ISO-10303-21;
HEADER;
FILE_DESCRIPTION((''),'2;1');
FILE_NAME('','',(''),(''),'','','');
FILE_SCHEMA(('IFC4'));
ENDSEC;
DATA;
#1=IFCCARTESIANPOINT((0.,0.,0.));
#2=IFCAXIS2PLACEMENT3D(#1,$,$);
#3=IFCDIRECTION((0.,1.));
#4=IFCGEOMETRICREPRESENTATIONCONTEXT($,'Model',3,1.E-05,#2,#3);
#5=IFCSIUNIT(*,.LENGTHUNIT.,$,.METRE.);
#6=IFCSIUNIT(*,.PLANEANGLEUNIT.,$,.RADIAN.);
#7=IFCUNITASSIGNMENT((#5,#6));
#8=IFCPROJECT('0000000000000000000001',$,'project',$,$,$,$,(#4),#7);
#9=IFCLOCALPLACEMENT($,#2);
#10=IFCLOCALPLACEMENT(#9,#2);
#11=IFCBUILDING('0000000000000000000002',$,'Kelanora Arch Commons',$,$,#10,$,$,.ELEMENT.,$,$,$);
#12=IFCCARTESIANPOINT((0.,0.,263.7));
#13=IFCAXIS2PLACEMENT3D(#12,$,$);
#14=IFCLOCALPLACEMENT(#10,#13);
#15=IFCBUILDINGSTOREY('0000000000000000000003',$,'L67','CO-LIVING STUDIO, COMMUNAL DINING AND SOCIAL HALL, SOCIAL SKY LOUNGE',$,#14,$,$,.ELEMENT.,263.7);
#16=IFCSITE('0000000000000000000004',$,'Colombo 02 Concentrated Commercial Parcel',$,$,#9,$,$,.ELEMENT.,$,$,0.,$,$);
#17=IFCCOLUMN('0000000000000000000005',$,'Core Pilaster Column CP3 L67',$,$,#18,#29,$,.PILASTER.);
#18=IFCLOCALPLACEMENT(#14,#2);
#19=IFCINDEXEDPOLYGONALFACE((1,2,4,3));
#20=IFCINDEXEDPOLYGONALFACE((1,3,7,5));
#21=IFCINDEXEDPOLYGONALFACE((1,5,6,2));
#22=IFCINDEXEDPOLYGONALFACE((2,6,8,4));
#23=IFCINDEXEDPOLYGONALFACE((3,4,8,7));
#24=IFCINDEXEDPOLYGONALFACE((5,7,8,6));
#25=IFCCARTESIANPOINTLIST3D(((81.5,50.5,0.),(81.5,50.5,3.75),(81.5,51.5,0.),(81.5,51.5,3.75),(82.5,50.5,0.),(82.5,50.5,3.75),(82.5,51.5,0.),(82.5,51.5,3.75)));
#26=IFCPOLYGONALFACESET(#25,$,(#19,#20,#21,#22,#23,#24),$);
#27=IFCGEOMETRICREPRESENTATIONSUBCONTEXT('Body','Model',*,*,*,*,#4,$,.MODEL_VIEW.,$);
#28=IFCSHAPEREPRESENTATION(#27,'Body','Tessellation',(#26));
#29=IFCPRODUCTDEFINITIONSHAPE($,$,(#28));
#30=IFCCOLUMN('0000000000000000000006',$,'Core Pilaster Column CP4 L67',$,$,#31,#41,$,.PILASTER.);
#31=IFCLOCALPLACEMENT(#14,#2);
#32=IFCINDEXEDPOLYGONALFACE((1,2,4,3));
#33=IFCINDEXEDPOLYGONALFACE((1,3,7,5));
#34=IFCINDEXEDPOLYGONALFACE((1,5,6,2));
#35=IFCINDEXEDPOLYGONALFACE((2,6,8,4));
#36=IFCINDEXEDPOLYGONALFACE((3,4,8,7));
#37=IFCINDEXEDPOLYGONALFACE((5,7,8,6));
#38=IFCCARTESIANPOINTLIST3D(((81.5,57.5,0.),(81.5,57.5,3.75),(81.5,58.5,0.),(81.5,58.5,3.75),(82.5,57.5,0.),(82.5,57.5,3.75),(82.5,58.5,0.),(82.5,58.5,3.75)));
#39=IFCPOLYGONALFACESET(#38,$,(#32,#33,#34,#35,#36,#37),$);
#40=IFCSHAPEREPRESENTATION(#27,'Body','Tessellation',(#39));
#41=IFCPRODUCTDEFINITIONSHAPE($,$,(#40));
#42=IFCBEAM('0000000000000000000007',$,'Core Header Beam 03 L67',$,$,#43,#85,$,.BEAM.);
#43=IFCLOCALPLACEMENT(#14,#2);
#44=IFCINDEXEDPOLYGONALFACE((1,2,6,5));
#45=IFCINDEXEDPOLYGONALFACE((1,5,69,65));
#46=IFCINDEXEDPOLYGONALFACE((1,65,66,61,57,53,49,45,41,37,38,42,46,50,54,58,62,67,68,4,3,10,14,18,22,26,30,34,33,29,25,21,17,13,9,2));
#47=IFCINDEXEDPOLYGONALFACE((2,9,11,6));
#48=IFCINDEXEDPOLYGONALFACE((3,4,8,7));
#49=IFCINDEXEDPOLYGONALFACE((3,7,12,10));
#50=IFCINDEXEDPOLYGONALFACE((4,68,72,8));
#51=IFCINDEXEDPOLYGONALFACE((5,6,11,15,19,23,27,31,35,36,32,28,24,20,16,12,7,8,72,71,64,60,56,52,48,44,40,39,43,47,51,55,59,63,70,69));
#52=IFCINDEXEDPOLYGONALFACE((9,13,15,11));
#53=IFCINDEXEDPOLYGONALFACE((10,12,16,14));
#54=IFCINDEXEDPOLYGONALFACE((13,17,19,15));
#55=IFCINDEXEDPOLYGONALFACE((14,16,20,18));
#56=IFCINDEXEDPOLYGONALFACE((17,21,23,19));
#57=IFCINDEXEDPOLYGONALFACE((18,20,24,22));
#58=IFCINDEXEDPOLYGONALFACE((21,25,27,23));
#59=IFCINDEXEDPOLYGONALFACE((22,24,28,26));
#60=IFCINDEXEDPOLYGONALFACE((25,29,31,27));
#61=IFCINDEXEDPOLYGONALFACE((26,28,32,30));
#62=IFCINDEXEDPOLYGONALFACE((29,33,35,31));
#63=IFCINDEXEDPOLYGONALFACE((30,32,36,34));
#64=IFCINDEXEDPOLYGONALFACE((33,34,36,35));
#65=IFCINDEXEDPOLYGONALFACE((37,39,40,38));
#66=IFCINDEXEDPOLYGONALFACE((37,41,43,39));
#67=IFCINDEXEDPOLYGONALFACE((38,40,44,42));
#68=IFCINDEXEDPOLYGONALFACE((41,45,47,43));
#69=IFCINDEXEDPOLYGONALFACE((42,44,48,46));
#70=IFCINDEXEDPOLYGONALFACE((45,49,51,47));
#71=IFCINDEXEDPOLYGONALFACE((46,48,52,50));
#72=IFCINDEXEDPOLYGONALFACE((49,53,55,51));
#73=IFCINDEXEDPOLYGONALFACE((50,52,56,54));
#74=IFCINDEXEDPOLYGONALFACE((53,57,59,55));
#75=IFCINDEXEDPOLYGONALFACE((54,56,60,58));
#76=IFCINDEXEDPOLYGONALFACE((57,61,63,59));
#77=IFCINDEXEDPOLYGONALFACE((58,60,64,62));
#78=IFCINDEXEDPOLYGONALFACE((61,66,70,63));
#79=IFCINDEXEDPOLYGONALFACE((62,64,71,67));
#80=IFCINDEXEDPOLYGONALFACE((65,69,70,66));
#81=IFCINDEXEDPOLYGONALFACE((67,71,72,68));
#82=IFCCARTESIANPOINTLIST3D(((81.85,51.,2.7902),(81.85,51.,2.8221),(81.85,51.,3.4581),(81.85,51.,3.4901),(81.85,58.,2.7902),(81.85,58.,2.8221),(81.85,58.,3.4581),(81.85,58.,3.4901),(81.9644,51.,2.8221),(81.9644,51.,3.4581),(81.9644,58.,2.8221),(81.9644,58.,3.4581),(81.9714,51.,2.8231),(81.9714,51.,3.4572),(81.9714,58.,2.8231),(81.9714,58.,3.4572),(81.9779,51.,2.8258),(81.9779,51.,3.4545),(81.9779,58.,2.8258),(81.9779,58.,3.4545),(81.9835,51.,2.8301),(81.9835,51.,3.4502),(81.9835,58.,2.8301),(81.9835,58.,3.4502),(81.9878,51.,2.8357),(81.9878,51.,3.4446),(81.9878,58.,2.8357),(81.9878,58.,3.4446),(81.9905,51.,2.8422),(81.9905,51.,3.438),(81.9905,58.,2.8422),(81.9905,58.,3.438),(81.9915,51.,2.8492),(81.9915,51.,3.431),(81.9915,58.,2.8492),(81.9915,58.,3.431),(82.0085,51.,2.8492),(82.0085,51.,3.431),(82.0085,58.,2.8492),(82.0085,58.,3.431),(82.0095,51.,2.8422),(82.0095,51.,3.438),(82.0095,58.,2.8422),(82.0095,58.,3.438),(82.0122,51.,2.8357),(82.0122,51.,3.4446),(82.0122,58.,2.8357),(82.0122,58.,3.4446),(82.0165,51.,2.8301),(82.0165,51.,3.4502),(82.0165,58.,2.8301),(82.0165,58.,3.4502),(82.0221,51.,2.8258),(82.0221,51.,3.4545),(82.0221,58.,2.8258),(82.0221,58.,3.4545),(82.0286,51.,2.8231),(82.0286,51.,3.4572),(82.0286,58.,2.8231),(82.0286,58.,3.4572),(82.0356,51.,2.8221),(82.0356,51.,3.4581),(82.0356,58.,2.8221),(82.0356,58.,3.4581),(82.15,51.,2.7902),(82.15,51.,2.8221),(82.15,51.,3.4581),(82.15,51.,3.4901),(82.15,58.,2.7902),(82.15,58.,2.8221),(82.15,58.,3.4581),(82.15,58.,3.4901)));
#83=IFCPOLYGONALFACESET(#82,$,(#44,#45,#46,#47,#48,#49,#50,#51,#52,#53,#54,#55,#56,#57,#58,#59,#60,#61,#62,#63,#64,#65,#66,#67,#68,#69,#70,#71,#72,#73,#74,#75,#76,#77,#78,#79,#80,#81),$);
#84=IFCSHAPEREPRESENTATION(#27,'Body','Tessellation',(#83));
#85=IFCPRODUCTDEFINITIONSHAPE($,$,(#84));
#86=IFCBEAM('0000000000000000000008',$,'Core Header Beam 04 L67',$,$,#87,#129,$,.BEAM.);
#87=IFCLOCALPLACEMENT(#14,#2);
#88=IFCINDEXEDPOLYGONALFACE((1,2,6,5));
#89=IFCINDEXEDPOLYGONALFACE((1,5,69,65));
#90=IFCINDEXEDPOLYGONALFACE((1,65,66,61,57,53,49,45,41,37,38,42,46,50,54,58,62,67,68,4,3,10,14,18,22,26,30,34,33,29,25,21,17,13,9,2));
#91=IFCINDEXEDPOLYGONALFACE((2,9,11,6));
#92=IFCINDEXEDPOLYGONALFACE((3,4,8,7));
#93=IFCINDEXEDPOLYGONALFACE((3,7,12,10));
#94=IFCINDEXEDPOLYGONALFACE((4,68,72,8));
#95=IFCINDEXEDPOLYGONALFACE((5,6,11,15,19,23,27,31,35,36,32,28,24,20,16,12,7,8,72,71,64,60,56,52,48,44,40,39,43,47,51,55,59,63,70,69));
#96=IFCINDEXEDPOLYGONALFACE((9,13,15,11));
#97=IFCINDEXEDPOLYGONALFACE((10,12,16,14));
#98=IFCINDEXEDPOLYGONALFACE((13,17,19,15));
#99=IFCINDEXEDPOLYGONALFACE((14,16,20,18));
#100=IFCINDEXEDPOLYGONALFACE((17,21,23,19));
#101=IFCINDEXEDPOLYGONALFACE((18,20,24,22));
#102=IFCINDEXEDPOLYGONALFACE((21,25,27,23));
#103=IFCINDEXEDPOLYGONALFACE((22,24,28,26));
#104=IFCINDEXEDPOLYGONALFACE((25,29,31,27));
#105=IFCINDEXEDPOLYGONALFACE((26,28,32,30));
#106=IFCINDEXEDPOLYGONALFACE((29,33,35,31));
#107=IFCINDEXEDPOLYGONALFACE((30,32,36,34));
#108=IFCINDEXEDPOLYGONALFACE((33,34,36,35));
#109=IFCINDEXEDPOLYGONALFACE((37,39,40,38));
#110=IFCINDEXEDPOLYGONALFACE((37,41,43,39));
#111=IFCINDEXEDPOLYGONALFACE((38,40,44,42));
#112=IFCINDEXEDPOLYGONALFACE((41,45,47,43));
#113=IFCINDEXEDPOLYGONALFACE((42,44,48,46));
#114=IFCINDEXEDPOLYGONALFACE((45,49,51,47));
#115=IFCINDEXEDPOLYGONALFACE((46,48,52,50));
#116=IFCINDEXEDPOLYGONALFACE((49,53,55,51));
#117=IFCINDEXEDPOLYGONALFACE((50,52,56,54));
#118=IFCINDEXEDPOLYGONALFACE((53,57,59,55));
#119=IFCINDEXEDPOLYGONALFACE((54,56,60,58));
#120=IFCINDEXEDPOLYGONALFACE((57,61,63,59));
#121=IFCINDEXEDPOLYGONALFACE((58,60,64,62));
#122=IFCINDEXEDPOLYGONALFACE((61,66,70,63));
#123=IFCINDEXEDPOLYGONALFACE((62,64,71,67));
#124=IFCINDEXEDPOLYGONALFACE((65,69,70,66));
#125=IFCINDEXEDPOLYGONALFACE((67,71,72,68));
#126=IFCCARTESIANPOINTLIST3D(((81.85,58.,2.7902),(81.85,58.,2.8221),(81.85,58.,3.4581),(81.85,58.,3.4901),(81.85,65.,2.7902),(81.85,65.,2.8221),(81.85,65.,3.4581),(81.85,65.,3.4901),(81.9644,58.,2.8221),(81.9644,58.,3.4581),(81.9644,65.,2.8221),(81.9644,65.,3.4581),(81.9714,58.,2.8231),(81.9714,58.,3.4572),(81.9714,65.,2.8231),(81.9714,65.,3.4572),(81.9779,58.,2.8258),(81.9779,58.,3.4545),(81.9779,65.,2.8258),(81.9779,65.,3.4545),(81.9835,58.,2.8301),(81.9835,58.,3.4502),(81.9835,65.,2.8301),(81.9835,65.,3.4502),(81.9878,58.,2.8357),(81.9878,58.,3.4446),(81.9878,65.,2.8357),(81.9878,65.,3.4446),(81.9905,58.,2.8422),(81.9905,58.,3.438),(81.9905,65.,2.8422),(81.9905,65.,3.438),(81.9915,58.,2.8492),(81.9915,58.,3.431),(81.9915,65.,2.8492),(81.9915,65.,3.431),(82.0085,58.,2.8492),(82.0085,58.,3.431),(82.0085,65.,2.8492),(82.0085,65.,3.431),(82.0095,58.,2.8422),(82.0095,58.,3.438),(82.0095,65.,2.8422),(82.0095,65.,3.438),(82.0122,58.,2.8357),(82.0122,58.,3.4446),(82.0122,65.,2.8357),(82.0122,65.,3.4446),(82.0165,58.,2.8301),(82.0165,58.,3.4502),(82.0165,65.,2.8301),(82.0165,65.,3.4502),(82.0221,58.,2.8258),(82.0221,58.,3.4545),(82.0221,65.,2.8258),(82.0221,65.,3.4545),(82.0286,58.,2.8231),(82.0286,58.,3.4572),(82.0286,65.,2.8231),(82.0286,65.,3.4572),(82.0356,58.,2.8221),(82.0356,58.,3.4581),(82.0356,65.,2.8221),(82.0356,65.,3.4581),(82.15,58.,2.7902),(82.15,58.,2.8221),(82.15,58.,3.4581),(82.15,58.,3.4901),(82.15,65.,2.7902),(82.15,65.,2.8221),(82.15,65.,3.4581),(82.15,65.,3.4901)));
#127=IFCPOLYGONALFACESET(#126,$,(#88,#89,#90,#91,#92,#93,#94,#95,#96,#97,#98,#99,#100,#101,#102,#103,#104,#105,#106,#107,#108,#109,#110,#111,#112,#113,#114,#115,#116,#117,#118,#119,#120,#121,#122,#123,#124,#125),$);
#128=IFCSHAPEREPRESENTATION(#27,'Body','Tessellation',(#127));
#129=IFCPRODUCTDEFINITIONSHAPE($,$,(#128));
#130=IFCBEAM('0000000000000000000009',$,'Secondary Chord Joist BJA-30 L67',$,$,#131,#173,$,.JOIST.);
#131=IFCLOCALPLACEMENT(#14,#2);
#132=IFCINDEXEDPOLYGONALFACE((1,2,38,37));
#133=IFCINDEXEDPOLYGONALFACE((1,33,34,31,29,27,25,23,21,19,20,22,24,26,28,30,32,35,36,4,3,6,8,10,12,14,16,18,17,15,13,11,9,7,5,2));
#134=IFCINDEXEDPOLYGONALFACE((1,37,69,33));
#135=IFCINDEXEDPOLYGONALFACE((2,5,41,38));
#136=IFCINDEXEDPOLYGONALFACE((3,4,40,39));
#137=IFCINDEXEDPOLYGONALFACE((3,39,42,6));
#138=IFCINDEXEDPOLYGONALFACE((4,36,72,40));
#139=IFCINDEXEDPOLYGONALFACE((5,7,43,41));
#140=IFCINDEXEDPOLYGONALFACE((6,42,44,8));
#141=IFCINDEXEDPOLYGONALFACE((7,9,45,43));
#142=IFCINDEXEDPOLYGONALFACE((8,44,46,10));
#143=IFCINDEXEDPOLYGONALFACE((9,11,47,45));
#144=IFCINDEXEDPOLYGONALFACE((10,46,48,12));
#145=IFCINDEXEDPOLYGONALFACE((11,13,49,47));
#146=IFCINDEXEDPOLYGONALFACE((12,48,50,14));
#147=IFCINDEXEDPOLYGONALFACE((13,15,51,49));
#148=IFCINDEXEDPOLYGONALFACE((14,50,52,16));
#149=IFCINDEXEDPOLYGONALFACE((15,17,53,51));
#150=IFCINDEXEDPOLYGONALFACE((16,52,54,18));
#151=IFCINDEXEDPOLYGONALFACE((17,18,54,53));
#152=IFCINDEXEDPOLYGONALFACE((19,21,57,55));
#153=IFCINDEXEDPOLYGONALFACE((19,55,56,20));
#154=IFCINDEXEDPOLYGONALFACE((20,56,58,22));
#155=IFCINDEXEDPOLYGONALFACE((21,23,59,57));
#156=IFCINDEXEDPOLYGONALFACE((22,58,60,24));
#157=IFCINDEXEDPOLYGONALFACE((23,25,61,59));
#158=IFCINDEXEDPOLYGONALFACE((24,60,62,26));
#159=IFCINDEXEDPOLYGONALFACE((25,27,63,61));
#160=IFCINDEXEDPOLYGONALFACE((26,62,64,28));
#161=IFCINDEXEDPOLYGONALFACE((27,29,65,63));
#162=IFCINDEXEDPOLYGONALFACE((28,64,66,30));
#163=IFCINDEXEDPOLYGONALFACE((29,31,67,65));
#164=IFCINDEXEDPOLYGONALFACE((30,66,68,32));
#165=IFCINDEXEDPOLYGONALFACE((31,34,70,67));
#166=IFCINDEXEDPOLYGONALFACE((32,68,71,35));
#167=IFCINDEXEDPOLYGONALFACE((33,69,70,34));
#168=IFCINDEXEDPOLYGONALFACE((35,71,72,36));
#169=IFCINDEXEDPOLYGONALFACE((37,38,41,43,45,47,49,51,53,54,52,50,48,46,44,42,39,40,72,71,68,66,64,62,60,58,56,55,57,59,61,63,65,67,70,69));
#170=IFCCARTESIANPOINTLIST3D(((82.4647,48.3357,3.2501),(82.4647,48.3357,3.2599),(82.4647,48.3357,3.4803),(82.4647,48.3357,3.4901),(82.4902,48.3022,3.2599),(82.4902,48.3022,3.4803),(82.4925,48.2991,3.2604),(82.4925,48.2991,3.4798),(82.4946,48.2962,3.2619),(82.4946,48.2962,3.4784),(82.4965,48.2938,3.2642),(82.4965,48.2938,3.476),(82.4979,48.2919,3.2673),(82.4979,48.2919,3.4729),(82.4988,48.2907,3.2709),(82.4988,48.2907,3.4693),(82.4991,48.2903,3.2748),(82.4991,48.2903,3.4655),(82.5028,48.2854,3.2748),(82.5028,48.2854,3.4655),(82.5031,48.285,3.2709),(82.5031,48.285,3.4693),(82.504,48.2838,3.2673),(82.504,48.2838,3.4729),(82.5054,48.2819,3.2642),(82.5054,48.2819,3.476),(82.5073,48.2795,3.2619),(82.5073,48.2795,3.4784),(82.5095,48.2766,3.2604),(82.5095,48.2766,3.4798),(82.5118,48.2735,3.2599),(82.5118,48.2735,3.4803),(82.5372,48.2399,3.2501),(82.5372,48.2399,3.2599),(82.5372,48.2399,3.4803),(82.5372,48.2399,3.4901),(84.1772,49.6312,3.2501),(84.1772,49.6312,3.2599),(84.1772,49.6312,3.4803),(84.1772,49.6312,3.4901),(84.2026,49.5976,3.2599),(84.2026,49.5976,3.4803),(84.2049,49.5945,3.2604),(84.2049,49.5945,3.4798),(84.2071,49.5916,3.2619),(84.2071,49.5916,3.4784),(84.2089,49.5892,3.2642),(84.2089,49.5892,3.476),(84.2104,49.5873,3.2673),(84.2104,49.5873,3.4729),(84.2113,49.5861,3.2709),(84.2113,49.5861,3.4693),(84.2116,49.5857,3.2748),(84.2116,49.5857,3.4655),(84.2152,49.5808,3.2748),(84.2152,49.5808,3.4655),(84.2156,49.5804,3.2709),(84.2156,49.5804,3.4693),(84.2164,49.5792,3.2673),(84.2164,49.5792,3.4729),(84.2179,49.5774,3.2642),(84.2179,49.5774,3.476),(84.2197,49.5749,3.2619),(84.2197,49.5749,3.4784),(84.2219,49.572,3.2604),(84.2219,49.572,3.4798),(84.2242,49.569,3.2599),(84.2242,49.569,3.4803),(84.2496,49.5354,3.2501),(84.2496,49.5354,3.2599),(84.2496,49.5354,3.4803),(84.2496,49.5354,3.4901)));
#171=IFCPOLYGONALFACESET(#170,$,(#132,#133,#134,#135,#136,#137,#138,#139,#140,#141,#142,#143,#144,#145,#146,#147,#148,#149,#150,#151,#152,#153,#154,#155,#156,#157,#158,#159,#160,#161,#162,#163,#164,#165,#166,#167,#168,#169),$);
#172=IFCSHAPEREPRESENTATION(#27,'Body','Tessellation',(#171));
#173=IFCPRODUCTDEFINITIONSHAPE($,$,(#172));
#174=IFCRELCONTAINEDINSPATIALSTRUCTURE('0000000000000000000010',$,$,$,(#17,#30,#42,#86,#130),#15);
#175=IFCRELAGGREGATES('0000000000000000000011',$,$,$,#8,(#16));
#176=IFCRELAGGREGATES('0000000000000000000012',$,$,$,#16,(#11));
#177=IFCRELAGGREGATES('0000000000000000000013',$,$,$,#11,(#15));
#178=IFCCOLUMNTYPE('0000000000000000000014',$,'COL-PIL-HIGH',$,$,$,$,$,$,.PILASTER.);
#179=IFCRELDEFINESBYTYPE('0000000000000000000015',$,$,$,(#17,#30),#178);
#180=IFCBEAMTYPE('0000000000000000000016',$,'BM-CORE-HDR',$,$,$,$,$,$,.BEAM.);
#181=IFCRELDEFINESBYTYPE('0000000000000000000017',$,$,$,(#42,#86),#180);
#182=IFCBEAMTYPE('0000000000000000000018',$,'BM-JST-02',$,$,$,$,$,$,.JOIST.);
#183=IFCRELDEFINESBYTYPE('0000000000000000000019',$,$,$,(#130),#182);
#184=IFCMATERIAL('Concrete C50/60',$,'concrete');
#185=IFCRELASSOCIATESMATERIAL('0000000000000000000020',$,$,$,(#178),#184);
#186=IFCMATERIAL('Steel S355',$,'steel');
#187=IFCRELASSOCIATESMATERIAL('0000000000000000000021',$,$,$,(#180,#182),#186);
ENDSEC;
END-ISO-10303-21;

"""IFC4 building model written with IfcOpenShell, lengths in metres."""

from ifc_helpers import new_model, si_unit, direction, frame, origin, origin_2d, place, context, subcontext, project, spatial, rectangle, i_section, extrude, material, material_profile, profile_set, type_object, element, save


model = new_model("IFC4")

# Units and contexts
model_context = context("Model", 3, precision=1e-05, world=origin(), true_north=direction((0.0, 1.0)))
body_context = subcontext(model_context, "Body", "Model", "MODEL_VIEW")
ifc_project = project(units=[si_unit("LENGTHUNIT", "METRE"), si_unit("PLANEANGLEUNIT", "RADIAN")], contexts=[model_context])

# Site, building, storey
site_placement = place(None, origin())
site = spatial("IfcSite", under=ifc_project, at=site_placement, Name="Colombo 02 Concentrated Commercial Parcel", CompositionType="ELEMENT", RefElevation=0.0)
building_placement = place(site_placement, origin())
building = spatial("IfcBuilding", under=site, at=building_placement, Name="Kelanora Arch Commons", CompositionType="ELEMENT")
storey_placement = place(building_placement, frame((0.0, 0.0, 263.7)))
storey = spatial("IfcBuildingStorey", under=building, at=storey_placement, Name="L67", Description="CO-LIVING STUDIO, COMMUNAL DINING AND SOCIAL HALL, SOCIAL SKY LOUNGE", CompositionType="ELEMENT", Elevation=263.7)

# Columns
ifc_material_1 = material(Name="Concrete C50/60", Category="concrete")
ifc_material_profile_1 = material_profile(ifc_material_1, rectangle(XDim=1.0, YDim=1.0, at=origin_2d()), Name="RC1000x1000")
ifc_profile_set_1 = profile_set([ifc_material_profile_1], Name="Concrete C50/60")
column_type = type_object("IfcColumnType", Name="COL-PIL-HIGH", PredefinedType="PILASTER", material=ifc_profile_set_1)
for number, where, z_axis, x_axis, name in (
    (1, (82.0, 51.0, 0.0), (0.0, 0.0, 1.0), (1.0, 0.0, 0.0), "Core Pilaster Column CP3 L67"),
    (2, (82.0, 58.0, 0.0), (0.0, 0.0, 1.0), (1.0, 0.0, 0.0), "Core Pilaster Column CP4 L67"),
):
    element("IfcColumn", number, at=place(storey_placement, frame(where, z_axis=z_axis, x_axis=x_axis)), inside=storey, type_object=column_type, Name=name, PredefinedType="PILASTER", context=body_context, shape_type="SweptSolid", body=[
        extrude(rectangle(XDim=1.0, YDim=1.0, at=origin_2d()), origin(), (0.0, 0.0, 1.0), 3.75),
    ])

# Beams
ifc_material_2 = material(Name="Steel S355", Category="steel")
ifc_material_profile_2 = material_profile(ifc_material_2, i_section(OverallWidth=0.3, OverallDepth=0.7, WebThickness=0.0171, FlangeThickness=0.032, FilletRadius=0.0271, at=origin_2d()), Name="HEB700")
ifc_profile_set_2 = profile_set([ifc_material_profile_2], Name="Steel S355")
beam_type_1 = type_object("IfcBeamType", Name="BM-CORE-HDR", PredefinedType="BEAM", material=ifc_profile_set_2)
for number, where, z_axis, x_axis, name in (
    (3, (82.0, 51.0, 3.1401), (0.0, 1.0, 0.0), (-1.0, 0.0, 0.0), "Core Header Beam 03 L67"),
    (4, (82.0, 58.0, 3.1401), (0.0, 1.0, 0.0), (-1.0, 0.0, 0.0), "Core Header Beam 04 L67"),
):
    element("IfcBeam", number, at=place(storey_placement, frame(where, z_axis=z_axis, x_axis=x_axis)), inside=storey, type_object=beam_type_1, Name=name, PredefinedType="BEAM", context=body_context, shape_type="SweptSolid", body=[
        extrude(i_section(OverallWidth=0.3, OverallDepth=0.7, WebThickness=0.0171, FlangeThickness=0.032, FilletRadius=0.0271, at=origin_2d()), origin(), (0.0, 0.0, 1.0), 7.0),
    ])
ifc_material_profile_3 = material_profile(ifc_material_2, i_section(OverallWidth=0.1201, OverallDepth=0.24, WebThickness=0.0061, FlangeThickness=0.0098, FilletRadius=0.0149, at=origin_2d()), Name="IPE240")
ifc_profile_set_3 = profile_set([ifc_material_profile_3], Name="Steel S355")
beam_type_2 = type_object("IfcBeamType", Name="BM-JST-02", PredefinedType="JOIST", material=ifc_profile_set_3)
beam_1_placement = place(storey_placement, frame((82.501, 48.2878, 3.3701), z_axis=(0.79751, 0.603306, 0.0), x_axis=(-0.603306, 0.79751, 0.0)))
element("IfcBeam", 5, at=beam_1_placement, inside=storey, type_object=beam_type_2, Name="Secondary Chord Joist BJA-30 L67", PredefinedType="JOIST", context=body_context, shape_type="SweptSolid", body=[
    extrude(i_section(OverallWidth=0.1201, OverallDepth=0.24, WebThickness=0.0061, FlangeThickness=0.0098, FilletRadius=0.0149, at=origin_2d()), origin(), (0.0, 0.0, 1.0), 2.1472),
])

save(model, "model.ifc")
